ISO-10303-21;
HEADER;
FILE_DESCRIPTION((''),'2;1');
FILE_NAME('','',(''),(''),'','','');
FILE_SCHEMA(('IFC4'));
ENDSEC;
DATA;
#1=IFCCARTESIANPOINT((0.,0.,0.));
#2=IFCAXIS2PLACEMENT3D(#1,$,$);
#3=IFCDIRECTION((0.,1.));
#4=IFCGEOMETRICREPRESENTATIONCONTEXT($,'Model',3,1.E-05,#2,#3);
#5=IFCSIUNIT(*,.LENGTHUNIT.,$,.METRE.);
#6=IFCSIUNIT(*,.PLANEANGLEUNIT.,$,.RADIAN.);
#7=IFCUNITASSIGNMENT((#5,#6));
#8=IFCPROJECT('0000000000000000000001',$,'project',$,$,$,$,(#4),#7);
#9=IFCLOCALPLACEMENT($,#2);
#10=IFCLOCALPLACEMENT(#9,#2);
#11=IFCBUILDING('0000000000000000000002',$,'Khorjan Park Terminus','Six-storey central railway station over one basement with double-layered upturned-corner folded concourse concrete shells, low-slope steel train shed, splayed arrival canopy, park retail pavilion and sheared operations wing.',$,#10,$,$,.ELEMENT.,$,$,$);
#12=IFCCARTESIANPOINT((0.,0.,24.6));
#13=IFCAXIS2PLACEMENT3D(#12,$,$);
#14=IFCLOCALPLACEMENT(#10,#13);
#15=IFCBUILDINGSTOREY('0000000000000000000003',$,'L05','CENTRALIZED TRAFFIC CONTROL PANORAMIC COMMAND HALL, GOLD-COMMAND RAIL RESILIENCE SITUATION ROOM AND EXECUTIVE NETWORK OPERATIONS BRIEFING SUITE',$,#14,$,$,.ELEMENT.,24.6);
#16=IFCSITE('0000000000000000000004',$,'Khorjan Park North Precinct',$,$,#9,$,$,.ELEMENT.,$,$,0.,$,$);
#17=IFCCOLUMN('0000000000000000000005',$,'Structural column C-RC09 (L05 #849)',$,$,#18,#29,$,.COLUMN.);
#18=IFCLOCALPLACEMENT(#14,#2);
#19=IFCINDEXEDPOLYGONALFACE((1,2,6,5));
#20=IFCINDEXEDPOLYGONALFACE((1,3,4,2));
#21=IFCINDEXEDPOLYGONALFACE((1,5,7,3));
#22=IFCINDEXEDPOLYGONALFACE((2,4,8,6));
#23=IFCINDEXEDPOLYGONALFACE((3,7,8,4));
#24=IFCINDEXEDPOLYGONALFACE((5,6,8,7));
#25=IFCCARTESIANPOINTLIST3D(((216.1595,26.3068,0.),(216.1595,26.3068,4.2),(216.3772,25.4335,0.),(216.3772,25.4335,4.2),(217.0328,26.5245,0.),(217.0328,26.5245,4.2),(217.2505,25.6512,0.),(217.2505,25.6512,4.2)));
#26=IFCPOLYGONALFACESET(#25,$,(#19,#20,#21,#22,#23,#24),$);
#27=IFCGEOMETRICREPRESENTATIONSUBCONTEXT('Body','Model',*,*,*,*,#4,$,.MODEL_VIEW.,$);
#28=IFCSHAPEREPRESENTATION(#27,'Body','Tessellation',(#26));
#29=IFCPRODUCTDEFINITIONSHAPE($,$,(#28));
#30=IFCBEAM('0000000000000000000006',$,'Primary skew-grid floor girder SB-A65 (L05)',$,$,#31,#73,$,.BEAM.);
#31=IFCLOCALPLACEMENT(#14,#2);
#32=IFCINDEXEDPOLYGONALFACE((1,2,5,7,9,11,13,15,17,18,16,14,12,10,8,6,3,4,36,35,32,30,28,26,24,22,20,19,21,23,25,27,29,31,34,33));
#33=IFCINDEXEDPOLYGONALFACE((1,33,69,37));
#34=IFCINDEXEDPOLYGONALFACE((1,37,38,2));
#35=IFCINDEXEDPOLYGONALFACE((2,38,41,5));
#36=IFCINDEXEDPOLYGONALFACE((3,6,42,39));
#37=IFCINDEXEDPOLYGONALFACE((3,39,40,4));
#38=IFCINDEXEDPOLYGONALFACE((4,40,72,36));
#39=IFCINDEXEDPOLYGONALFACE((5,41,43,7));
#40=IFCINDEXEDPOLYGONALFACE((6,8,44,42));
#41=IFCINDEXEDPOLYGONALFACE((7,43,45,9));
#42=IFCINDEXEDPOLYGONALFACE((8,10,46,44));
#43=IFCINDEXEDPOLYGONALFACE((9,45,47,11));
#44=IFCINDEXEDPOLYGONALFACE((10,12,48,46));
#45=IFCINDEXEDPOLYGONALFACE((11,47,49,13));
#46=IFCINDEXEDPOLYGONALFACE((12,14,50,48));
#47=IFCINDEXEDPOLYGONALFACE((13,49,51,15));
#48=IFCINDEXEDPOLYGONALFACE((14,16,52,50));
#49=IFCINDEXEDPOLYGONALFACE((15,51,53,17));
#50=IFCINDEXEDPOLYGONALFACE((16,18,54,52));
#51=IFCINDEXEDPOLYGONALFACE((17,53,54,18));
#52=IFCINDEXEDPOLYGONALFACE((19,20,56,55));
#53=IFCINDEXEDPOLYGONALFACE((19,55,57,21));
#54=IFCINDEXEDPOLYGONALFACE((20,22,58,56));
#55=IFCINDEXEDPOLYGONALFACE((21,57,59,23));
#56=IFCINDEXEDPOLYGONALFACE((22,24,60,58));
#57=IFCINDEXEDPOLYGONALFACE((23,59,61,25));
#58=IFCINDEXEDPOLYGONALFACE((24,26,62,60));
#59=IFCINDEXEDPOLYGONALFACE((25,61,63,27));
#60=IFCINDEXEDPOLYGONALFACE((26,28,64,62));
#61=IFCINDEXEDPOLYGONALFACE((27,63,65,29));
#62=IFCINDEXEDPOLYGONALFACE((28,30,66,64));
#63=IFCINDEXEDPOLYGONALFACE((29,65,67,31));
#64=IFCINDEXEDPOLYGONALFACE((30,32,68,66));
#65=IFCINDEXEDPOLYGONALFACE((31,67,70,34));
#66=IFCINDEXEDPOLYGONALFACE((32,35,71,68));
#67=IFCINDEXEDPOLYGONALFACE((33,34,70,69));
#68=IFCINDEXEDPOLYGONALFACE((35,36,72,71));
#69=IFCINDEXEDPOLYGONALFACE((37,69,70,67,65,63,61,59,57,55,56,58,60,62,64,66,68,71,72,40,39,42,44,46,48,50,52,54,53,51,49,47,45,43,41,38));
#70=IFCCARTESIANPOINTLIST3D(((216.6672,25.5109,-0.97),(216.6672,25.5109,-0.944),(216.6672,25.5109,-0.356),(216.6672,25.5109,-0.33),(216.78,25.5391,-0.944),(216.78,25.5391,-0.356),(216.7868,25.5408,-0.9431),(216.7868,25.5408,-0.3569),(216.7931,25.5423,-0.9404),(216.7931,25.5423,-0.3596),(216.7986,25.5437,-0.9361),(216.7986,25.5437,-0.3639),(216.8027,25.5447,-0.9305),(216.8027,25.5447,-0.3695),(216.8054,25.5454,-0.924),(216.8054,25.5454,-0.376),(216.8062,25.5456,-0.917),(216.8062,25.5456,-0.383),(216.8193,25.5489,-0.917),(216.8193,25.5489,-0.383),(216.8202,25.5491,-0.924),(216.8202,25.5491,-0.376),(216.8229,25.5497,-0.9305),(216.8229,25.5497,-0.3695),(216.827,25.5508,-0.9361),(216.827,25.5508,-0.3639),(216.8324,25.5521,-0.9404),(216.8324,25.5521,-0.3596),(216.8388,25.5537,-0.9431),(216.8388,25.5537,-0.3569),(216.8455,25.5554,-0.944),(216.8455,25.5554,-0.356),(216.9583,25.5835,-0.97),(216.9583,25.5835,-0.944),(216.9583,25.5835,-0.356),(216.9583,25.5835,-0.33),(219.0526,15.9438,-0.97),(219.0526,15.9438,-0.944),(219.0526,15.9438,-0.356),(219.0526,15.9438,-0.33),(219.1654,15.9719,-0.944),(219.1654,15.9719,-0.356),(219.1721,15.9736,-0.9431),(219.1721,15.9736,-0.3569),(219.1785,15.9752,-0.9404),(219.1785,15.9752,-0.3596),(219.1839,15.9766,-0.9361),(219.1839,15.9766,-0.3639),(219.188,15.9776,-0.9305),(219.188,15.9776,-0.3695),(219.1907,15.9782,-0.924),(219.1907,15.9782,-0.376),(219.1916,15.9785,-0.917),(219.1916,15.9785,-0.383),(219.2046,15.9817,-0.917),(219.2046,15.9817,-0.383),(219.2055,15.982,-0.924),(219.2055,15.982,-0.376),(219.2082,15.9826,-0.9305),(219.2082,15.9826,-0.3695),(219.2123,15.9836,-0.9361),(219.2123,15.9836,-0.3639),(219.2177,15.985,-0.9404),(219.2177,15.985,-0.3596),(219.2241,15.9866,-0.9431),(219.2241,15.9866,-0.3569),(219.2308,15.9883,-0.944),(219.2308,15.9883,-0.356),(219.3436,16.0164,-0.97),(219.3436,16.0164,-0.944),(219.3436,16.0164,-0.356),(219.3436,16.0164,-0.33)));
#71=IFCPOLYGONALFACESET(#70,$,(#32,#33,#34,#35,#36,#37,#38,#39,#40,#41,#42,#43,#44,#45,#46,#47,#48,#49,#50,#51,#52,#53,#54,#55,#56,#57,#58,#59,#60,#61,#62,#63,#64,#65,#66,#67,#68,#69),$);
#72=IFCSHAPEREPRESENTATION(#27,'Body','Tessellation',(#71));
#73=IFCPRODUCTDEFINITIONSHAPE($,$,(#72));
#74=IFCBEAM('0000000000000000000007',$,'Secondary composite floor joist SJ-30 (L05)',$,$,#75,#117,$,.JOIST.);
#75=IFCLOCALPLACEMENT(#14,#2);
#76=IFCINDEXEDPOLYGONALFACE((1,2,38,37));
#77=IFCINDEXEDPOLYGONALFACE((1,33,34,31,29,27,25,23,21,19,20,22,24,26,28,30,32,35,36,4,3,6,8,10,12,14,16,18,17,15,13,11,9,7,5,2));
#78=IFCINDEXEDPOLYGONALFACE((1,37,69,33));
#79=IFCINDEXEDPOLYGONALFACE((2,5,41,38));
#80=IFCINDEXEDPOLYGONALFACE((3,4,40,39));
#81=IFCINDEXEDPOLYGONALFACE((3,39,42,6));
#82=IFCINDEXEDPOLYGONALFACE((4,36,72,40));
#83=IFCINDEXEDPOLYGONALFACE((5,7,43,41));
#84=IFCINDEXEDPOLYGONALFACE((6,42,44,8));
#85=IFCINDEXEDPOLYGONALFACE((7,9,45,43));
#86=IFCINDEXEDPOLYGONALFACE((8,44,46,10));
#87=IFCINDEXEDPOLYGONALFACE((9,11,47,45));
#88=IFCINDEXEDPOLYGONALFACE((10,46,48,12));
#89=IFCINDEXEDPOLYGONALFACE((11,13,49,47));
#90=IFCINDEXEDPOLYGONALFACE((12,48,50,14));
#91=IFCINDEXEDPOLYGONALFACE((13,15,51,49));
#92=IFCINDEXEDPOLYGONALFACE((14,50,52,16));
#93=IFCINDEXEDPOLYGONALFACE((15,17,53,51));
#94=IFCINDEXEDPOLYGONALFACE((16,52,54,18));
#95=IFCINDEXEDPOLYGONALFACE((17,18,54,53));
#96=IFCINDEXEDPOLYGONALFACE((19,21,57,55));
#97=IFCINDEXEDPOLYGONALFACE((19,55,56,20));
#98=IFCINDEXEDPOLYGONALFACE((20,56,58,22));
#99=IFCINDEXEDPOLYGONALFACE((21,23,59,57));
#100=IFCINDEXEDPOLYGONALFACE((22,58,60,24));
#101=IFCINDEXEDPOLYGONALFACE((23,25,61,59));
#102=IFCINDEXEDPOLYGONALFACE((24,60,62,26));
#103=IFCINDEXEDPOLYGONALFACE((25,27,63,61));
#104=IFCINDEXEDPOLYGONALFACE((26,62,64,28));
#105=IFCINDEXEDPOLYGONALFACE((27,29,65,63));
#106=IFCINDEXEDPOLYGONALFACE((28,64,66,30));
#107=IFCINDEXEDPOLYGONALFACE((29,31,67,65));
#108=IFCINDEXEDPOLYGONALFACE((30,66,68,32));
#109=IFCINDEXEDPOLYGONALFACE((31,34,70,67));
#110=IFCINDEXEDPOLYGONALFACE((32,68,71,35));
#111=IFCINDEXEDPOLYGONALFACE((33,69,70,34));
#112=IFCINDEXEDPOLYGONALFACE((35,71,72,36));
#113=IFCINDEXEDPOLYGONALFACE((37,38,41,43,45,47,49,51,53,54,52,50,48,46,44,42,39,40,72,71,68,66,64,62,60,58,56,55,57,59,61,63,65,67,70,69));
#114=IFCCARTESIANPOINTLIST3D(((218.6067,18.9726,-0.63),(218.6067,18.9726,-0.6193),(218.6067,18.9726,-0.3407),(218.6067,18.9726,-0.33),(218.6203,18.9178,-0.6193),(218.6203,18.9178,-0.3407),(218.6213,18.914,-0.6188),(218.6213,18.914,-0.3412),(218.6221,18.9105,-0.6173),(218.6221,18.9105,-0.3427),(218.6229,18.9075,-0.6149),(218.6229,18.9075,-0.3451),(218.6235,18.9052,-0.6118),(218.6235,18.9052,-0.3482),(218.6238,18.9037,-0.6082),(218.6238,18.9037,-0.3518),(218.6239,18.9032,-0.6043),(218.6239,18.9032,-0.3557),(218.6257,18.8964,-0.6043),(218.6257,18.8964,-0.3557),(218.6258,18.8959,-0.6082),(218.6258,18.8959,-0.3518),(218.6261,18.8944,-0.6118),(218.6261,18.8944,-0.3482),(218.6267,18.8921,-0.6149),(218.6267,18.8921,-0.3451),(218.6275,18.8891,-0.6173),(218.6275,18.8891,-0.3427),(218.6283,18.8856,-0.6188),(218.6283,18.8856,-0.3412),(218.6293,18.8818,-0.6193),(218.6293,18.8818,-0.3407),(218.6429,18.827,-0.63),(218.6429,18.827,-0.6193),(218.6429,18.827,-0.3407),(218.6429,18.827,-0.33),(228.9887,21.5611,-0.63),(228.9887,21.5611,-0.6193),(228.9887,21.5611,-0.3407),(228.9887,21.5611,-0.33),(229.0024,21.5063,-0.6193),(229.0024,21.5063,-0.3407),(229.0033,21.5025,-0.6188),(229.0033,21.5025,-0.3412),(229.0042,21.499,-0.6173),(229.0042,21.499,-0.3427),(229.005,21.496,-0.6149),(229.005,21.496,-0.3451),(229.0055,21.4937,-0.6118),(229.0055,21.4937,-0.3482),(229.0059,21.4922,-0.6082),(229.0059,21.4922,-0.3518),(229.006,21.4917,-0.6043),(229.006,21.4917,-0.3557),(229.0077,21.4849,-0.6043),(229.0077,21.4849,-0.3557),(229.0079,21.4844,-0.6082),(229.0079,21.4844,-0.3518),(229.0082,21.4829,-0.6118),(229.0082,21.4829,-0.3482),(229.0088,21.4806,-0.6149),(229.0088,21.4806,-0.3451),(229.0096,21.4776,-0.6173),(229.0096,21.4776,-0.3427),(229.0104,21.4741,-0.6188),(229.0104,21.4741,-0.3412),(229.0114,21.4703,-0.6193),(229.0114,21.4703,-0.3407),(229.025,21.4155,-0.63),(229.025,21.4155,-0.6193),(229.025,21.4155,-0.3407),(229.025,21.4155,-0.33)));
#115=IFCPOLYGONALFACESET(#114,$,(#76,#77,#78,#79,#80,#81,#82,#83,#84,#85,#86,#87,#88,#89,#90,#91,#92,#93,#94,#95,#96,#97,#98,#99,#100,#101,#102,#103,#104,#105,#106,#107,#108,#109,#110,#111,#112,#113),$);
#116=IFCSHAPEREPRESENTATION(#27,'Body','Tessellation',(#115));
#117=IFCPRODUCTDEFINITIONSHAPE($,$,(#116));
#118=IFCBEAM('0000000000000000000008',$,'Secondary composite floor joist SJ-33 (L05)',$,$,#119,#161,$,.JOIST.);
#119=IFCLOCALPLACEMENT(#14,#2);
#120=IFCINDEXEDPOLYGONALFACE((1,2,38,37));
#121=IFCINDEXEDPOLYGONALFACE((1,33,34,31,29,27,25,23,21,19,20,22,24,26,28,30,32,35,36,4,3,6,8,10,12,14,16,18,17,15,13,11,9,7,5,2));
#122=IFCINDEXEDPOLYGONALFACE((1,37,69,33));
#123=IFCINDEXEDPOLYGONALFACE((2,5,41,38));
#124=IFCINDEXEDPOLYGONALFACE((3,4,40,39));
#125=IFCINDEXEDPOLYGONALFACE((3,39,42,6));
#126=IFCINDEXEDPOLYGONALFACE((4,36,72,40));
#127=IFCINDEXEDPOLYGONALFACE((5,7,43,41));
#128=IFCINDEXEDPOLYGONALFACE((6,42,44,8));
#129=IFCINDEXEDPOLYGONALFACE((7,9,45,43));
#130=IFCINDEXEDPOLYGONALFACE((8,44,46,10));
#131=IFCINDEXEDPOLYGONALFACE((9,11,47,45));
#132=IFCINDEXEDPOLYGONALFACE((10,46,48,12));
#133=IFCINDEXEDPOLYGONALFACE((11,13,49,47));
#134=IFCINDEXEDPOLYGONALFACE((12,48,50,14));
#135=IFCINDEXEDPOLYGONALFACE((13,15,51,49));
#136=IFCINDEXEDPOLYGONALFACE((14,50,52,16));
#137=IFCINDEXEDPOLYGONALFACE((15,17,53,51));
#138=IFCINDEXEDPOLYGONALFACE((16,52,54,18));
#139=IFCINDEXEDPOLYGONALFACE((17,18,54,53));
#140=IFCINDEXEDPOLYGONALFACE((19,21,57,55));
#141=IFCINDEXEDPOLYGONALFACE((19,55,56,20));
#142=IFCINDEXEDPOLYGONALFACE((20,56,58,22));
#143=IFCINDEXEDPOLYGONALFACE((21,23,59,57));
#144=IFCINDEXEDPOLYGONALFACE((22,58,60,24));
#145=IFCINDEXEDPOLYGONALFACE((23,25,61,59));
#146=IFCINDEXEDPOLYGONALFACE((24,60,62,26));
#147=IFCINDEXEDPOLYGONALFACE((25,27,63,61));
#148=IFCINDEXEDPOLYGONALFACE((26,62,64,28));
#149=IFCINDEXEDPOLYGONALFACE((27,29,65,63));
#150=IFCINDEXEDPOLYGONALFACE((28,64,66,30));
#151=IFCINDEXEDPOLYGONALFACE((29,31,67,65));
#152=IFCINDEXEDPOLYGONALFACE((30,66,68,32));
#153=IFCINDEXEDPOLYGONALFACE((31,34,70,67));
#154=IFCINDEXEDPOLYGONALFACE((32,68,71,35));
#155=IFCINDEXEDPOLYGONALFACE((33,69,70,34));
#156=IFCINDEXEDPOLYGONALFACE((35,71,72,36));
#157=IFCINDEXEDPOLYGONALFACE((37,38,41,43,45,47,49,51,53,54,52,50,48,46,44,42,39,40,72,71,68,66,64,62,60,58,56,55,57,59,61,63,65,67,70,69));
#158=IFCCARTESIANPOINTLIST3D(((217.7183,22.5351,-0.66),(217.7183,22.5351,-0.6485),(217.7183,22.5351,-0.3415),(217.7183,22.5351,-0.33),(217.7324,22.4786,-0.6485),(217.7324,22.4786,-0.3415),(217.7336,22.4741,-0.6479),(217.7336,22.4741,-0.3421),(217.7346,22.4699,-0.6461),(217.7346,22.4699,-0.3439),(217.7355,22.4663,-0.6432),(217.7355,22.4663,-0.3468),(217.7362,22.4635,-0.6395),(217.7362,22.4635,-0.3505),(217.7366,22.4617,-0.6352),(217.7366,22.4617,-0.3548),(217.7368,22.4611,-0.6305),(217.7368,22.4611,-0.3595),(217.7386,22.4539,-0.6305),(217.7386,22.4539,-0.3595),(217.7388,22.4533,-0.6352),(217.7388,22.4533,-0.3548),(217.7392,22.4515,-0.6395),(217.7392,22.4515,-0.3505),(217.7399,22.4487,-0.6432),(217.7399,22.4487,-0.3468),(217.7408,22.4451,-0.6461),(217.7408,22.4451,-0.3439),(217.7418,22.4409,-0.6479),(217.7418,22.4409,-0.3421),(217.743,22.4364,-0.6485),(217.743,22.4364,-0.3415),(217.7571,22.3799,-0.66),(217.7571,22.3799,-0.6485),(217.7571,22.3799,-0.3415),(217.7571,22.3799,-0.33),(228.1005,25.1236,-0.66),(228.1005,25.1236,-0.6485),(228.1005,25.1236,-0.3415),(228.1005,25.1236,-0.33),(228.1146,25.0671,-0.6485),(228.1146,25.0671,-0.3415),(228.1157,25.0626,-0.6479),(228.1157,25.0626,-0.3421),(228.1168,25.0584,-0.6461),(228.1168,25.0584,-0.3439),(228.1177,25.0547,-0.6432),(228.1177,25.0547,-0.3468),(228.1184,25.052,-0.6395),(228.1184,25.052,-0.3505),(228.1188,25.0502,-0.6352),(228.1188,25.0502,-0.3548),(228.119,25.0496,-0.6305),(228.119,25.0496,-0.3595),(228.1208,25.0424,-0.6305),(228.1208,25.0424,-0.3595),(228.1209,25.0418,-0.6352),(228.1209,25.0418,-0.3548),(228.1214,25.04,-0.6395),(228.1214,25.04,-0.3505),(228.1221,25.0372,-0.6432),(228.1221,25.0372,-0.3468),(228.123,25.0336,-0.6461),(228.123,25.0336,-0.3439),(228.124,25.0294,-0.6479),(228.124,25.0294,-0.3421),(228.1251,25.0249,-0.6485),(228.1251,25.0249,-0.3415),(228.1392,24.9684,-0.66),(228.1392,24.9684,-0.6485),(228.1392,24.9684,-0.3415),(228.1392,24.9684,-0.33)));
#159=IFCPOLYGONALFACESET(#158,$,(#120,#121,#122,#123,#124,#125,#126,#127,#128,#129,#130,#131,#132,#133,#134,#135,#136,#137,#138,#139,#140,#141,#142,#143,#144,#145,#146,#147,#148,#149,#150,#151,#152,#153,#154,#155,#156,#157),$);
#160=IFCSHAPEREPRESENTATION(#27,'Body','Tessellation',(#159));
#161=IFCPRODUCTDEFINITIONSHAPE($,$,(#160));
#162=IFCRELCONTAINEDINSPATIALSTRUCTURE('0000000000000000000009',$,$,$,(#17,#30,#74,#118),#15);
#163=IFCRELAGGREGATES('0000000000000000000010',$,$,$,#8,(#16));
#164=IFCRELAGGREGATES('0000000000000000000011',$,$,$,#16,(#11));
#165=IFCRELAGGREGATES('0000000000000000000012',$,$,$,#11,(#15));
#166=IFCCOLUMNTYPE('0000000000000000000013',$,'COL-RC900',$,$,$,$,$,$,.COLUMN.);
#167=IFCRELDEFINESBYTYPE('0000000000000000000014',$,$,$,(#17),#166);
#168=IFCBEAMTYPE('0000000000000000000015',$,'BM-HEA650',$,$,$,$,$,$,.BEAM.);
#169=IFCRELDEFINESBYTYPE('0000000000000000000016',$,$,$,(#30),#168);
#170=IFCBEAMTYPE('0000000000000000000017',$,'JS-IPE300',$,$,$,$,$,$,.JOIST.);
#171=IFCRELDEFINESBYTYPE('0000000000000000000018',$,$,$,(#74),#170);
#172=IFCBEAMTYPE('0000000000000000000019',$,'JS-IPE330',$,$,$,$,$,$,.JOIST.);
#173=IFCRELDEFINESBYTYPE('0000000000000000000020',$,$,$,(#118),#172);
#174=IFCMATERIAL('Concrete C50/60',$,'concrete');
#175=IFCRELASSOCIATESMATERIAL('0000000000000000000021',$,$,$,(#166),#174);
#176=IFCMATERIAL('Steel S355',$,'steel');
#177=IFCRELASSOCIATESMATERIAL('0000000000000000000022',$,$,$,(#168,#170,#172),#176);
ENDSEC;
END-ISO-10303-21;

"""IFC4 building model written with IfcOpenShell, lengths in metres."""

from ifc_helpers import new_model, si_unit, direction, frame, origin, origin_2d, place, context, subcontext, project, spatial, rectangle, i_section, extrude, material, material_profile, profile_set, type_object, element, save


model = new_model("IFC4")

# Units and contexts
model_context = context("Model", 3, precision=1e-05, world=origin(), true_north=direction((0.0, 1.0)))
body_context = subcontext(model_context, "Body", "Model", "MODEL_VIEW")
ifc_project = project(units=[si_unit("LENGTHUNIT", "METRE"), si_unit("PLANEANGLEUNIT", "RADIAN")], contexts=[model_context])

# Site, building, storey
site_placement = place(None, origin())
site = spatial("IfcSite", under=ifc_project, at=site_placement, Name="Khorjan Park North Precinct", CompositionType="ELEMENT", RefElevation=0.0)
building_placement = place(site_placement, origin())
building = spatial("IfcBuilding", under=site, at=building_placement, Name="Khorjan Park Terminus", Description="Six-storey central railway station over one basement with double-layered upturned-corner folded concourse concrete shells, low-slope steel train shed, splayed arrival canopy, park retail pavilion and sheared operations wing.", CompositionType="ELEMENT")
storey_placement = place(building_placement, frame((0.0, 0.0, 24.6)))
storey = spatial("IfcBuildingStorey", under=building, at=storey_placement, Name="L05", Description="CENTRALIZED TRAFFIC CONTROL PANORAMIC COMMAND HALL, GOLD-COMMAND RAIL RESILIENCE SITUATION ROOM AND EXECUTIVE NETWORK OPERATIONS BRIEFING SUITE", CompositionType="ELEMENT", Elevation=24.6)

# Column
ifc_material_1 = material(Name="Concrete C50/60", Category="concrete")
ifc_material_profile_1 = material_profile(ifc_material_1, rectangle(XDim=0.9, YDim=0.9, at=origin_2d()), Name="RC 900x900")
ifc_profile_set_1 = profile_set([ifc_material_profile_1], Name="Concrete C50/60")
column_type = type_object("IfcColumnType", Name="COL-RC900", PredefinedType="COLUMN", material=ifc_profile_set_1)
column_placement = place(storey_placement, frame((216.705, 25.979, 0.0), z_axis=(0.0, 0.0, 1.0), x_axis=(0.970296, 0.241922, 0.0)))
element("IfcColumn", 1, at=column_placement, inside=storey, type_object=column_type, Name="Structural column C-RC09 (L05 #849)", PredefinedType="COLUMN", context=body_context, shape_type="SweptSolid", body=[
    extrude(rectangle(XDim=0.9, YDim=0.9, at=origin_2d()), origin(), (0.0, 0.0, 1.0), 4.2),
])

# Beams
ifc_material_2 = material(Name="Steel S355", Category="steel")
ifc_material_profile_2 = material_profile(ifc_material_2, i_section(OverallWidth=0.3, OverallDepth=0.64, WebThickness=0.0135, FlangeThickness=0.026, FilletRadius=0.027, at=origin_2d()), Name="HEA 650")
ifc_profile_set_2 = profile_set([ifc_material_profile_2], Name="Steel S355")
beam_type_1 = type_object("IfcBeamType", Name="BM-HEA650", PredefinedType="BEAM", material=ifc_profile_set_2)
beam_1_placement = place(storey_placement, frame((219.1981, 15.9801, -0.65), z_axis=(-0.241918, 0.970297, 0.0), x_axis=(-0.970297, -0.241918, 0.0)))
element("IfcBeam", 2, at=beam_1_placement, inside=storey, type_object=beam_type_1, Name="Primary skew-grid floor girder SB-A65 (L05)", PredefinedType="BEAM", context=body_context, shape_type="SweptSolid", body=[
    extrude(i_section(OverallWidth=0.3, OverallDepth=0.64, WebThickness=0.0135, FlangeThickness=0.026, FilletRadius=0.027, at=origin_2d()), origin(), (0.0, 0.0, 1.0), 9.86),
])
ifc_material_profile_3 = material_profile(ifc_material_2, i_section(OverallWidth=0.15, OverallDepth=0.3, WebThickness=0.0071, FlangeThickness=0.0107, FilletRadius=0.015, at=origin_2d()), Name="IPE 300")
ifc_profile_set_3 = profile_set([ifc_material_profile_3], Name="Steel S355")
beam_type_2 = type_object("IfcBeamType", Name="JS-IPE300", PredefinedType="JOIST", material=ifc_profile_set_3)
beam_2_placement = place(storey_placement, frame((218.6248, 18.8998, -0.48), z_axis=(0.970297, 0.241918, 0.0), x_axis=(-0.241918, 0.970297, 0.0)))
element("IfcBeam", 3, at=beam_2_placement, inside=storey, type_object=beam_type_2, Name="Secondary composite floor joist SJ-30 (L05)", PredefinedType="JOIST", context=body_context, shape_type="SweptSolid", body=[
    extrude(i_section(OverallWidth=0.15, OverallDepth=0.3, WebThickness=0.0071, FlangeThickness=0.0107, FilletRadius=0.015, at=origin_2d()), origin(), (0.0, 0.0, 1.0), 10.6999),
])
ifc_material_profile_4 = material_profile(ifc_material_2, i_section(OverallWidth=0.16, OverallDepth=0.33, WebThickness=0.0075, FlangeThickness=0.0115, FilletRadius=0.018, at=origin_2d()), Name="IPE 330")
ifc_profile_set_4 = profile_set([ifc_material_profile_4], Name="Steel S355")
beam_type_3 = type_object("IfcBeamType", Name="JS-IPE330", PredefinedType="JOIST", material=ifc_profile_set_4)
beam_3_placement = place(storey_placement, frame((217.7377, 22.4575, -0.495), z_axis=(0.970297, 0.241915, 0.0), x_axis=(-0.241915, 0.970297, 0.0)))
element("IfcBeam", 4, at=beam_3_placement, inside=storey, type_object=beam_type_3, Name="Secondary composite floor joist SJ-33 (L05)", PredefinedType="JOIST", context=body_context, shape_type="SweptSolid", body=[
    extrude(i_section(OverallWidth=0.16, OverallDepth=0.33, WebThickness=0.0075, FlangeThickness=0.0115, FilletRadius=0.018, at=origin_2d()), origin(), (0.0, 0.0, 1.0), 10.7),
])

save(model, "model.ifc")
